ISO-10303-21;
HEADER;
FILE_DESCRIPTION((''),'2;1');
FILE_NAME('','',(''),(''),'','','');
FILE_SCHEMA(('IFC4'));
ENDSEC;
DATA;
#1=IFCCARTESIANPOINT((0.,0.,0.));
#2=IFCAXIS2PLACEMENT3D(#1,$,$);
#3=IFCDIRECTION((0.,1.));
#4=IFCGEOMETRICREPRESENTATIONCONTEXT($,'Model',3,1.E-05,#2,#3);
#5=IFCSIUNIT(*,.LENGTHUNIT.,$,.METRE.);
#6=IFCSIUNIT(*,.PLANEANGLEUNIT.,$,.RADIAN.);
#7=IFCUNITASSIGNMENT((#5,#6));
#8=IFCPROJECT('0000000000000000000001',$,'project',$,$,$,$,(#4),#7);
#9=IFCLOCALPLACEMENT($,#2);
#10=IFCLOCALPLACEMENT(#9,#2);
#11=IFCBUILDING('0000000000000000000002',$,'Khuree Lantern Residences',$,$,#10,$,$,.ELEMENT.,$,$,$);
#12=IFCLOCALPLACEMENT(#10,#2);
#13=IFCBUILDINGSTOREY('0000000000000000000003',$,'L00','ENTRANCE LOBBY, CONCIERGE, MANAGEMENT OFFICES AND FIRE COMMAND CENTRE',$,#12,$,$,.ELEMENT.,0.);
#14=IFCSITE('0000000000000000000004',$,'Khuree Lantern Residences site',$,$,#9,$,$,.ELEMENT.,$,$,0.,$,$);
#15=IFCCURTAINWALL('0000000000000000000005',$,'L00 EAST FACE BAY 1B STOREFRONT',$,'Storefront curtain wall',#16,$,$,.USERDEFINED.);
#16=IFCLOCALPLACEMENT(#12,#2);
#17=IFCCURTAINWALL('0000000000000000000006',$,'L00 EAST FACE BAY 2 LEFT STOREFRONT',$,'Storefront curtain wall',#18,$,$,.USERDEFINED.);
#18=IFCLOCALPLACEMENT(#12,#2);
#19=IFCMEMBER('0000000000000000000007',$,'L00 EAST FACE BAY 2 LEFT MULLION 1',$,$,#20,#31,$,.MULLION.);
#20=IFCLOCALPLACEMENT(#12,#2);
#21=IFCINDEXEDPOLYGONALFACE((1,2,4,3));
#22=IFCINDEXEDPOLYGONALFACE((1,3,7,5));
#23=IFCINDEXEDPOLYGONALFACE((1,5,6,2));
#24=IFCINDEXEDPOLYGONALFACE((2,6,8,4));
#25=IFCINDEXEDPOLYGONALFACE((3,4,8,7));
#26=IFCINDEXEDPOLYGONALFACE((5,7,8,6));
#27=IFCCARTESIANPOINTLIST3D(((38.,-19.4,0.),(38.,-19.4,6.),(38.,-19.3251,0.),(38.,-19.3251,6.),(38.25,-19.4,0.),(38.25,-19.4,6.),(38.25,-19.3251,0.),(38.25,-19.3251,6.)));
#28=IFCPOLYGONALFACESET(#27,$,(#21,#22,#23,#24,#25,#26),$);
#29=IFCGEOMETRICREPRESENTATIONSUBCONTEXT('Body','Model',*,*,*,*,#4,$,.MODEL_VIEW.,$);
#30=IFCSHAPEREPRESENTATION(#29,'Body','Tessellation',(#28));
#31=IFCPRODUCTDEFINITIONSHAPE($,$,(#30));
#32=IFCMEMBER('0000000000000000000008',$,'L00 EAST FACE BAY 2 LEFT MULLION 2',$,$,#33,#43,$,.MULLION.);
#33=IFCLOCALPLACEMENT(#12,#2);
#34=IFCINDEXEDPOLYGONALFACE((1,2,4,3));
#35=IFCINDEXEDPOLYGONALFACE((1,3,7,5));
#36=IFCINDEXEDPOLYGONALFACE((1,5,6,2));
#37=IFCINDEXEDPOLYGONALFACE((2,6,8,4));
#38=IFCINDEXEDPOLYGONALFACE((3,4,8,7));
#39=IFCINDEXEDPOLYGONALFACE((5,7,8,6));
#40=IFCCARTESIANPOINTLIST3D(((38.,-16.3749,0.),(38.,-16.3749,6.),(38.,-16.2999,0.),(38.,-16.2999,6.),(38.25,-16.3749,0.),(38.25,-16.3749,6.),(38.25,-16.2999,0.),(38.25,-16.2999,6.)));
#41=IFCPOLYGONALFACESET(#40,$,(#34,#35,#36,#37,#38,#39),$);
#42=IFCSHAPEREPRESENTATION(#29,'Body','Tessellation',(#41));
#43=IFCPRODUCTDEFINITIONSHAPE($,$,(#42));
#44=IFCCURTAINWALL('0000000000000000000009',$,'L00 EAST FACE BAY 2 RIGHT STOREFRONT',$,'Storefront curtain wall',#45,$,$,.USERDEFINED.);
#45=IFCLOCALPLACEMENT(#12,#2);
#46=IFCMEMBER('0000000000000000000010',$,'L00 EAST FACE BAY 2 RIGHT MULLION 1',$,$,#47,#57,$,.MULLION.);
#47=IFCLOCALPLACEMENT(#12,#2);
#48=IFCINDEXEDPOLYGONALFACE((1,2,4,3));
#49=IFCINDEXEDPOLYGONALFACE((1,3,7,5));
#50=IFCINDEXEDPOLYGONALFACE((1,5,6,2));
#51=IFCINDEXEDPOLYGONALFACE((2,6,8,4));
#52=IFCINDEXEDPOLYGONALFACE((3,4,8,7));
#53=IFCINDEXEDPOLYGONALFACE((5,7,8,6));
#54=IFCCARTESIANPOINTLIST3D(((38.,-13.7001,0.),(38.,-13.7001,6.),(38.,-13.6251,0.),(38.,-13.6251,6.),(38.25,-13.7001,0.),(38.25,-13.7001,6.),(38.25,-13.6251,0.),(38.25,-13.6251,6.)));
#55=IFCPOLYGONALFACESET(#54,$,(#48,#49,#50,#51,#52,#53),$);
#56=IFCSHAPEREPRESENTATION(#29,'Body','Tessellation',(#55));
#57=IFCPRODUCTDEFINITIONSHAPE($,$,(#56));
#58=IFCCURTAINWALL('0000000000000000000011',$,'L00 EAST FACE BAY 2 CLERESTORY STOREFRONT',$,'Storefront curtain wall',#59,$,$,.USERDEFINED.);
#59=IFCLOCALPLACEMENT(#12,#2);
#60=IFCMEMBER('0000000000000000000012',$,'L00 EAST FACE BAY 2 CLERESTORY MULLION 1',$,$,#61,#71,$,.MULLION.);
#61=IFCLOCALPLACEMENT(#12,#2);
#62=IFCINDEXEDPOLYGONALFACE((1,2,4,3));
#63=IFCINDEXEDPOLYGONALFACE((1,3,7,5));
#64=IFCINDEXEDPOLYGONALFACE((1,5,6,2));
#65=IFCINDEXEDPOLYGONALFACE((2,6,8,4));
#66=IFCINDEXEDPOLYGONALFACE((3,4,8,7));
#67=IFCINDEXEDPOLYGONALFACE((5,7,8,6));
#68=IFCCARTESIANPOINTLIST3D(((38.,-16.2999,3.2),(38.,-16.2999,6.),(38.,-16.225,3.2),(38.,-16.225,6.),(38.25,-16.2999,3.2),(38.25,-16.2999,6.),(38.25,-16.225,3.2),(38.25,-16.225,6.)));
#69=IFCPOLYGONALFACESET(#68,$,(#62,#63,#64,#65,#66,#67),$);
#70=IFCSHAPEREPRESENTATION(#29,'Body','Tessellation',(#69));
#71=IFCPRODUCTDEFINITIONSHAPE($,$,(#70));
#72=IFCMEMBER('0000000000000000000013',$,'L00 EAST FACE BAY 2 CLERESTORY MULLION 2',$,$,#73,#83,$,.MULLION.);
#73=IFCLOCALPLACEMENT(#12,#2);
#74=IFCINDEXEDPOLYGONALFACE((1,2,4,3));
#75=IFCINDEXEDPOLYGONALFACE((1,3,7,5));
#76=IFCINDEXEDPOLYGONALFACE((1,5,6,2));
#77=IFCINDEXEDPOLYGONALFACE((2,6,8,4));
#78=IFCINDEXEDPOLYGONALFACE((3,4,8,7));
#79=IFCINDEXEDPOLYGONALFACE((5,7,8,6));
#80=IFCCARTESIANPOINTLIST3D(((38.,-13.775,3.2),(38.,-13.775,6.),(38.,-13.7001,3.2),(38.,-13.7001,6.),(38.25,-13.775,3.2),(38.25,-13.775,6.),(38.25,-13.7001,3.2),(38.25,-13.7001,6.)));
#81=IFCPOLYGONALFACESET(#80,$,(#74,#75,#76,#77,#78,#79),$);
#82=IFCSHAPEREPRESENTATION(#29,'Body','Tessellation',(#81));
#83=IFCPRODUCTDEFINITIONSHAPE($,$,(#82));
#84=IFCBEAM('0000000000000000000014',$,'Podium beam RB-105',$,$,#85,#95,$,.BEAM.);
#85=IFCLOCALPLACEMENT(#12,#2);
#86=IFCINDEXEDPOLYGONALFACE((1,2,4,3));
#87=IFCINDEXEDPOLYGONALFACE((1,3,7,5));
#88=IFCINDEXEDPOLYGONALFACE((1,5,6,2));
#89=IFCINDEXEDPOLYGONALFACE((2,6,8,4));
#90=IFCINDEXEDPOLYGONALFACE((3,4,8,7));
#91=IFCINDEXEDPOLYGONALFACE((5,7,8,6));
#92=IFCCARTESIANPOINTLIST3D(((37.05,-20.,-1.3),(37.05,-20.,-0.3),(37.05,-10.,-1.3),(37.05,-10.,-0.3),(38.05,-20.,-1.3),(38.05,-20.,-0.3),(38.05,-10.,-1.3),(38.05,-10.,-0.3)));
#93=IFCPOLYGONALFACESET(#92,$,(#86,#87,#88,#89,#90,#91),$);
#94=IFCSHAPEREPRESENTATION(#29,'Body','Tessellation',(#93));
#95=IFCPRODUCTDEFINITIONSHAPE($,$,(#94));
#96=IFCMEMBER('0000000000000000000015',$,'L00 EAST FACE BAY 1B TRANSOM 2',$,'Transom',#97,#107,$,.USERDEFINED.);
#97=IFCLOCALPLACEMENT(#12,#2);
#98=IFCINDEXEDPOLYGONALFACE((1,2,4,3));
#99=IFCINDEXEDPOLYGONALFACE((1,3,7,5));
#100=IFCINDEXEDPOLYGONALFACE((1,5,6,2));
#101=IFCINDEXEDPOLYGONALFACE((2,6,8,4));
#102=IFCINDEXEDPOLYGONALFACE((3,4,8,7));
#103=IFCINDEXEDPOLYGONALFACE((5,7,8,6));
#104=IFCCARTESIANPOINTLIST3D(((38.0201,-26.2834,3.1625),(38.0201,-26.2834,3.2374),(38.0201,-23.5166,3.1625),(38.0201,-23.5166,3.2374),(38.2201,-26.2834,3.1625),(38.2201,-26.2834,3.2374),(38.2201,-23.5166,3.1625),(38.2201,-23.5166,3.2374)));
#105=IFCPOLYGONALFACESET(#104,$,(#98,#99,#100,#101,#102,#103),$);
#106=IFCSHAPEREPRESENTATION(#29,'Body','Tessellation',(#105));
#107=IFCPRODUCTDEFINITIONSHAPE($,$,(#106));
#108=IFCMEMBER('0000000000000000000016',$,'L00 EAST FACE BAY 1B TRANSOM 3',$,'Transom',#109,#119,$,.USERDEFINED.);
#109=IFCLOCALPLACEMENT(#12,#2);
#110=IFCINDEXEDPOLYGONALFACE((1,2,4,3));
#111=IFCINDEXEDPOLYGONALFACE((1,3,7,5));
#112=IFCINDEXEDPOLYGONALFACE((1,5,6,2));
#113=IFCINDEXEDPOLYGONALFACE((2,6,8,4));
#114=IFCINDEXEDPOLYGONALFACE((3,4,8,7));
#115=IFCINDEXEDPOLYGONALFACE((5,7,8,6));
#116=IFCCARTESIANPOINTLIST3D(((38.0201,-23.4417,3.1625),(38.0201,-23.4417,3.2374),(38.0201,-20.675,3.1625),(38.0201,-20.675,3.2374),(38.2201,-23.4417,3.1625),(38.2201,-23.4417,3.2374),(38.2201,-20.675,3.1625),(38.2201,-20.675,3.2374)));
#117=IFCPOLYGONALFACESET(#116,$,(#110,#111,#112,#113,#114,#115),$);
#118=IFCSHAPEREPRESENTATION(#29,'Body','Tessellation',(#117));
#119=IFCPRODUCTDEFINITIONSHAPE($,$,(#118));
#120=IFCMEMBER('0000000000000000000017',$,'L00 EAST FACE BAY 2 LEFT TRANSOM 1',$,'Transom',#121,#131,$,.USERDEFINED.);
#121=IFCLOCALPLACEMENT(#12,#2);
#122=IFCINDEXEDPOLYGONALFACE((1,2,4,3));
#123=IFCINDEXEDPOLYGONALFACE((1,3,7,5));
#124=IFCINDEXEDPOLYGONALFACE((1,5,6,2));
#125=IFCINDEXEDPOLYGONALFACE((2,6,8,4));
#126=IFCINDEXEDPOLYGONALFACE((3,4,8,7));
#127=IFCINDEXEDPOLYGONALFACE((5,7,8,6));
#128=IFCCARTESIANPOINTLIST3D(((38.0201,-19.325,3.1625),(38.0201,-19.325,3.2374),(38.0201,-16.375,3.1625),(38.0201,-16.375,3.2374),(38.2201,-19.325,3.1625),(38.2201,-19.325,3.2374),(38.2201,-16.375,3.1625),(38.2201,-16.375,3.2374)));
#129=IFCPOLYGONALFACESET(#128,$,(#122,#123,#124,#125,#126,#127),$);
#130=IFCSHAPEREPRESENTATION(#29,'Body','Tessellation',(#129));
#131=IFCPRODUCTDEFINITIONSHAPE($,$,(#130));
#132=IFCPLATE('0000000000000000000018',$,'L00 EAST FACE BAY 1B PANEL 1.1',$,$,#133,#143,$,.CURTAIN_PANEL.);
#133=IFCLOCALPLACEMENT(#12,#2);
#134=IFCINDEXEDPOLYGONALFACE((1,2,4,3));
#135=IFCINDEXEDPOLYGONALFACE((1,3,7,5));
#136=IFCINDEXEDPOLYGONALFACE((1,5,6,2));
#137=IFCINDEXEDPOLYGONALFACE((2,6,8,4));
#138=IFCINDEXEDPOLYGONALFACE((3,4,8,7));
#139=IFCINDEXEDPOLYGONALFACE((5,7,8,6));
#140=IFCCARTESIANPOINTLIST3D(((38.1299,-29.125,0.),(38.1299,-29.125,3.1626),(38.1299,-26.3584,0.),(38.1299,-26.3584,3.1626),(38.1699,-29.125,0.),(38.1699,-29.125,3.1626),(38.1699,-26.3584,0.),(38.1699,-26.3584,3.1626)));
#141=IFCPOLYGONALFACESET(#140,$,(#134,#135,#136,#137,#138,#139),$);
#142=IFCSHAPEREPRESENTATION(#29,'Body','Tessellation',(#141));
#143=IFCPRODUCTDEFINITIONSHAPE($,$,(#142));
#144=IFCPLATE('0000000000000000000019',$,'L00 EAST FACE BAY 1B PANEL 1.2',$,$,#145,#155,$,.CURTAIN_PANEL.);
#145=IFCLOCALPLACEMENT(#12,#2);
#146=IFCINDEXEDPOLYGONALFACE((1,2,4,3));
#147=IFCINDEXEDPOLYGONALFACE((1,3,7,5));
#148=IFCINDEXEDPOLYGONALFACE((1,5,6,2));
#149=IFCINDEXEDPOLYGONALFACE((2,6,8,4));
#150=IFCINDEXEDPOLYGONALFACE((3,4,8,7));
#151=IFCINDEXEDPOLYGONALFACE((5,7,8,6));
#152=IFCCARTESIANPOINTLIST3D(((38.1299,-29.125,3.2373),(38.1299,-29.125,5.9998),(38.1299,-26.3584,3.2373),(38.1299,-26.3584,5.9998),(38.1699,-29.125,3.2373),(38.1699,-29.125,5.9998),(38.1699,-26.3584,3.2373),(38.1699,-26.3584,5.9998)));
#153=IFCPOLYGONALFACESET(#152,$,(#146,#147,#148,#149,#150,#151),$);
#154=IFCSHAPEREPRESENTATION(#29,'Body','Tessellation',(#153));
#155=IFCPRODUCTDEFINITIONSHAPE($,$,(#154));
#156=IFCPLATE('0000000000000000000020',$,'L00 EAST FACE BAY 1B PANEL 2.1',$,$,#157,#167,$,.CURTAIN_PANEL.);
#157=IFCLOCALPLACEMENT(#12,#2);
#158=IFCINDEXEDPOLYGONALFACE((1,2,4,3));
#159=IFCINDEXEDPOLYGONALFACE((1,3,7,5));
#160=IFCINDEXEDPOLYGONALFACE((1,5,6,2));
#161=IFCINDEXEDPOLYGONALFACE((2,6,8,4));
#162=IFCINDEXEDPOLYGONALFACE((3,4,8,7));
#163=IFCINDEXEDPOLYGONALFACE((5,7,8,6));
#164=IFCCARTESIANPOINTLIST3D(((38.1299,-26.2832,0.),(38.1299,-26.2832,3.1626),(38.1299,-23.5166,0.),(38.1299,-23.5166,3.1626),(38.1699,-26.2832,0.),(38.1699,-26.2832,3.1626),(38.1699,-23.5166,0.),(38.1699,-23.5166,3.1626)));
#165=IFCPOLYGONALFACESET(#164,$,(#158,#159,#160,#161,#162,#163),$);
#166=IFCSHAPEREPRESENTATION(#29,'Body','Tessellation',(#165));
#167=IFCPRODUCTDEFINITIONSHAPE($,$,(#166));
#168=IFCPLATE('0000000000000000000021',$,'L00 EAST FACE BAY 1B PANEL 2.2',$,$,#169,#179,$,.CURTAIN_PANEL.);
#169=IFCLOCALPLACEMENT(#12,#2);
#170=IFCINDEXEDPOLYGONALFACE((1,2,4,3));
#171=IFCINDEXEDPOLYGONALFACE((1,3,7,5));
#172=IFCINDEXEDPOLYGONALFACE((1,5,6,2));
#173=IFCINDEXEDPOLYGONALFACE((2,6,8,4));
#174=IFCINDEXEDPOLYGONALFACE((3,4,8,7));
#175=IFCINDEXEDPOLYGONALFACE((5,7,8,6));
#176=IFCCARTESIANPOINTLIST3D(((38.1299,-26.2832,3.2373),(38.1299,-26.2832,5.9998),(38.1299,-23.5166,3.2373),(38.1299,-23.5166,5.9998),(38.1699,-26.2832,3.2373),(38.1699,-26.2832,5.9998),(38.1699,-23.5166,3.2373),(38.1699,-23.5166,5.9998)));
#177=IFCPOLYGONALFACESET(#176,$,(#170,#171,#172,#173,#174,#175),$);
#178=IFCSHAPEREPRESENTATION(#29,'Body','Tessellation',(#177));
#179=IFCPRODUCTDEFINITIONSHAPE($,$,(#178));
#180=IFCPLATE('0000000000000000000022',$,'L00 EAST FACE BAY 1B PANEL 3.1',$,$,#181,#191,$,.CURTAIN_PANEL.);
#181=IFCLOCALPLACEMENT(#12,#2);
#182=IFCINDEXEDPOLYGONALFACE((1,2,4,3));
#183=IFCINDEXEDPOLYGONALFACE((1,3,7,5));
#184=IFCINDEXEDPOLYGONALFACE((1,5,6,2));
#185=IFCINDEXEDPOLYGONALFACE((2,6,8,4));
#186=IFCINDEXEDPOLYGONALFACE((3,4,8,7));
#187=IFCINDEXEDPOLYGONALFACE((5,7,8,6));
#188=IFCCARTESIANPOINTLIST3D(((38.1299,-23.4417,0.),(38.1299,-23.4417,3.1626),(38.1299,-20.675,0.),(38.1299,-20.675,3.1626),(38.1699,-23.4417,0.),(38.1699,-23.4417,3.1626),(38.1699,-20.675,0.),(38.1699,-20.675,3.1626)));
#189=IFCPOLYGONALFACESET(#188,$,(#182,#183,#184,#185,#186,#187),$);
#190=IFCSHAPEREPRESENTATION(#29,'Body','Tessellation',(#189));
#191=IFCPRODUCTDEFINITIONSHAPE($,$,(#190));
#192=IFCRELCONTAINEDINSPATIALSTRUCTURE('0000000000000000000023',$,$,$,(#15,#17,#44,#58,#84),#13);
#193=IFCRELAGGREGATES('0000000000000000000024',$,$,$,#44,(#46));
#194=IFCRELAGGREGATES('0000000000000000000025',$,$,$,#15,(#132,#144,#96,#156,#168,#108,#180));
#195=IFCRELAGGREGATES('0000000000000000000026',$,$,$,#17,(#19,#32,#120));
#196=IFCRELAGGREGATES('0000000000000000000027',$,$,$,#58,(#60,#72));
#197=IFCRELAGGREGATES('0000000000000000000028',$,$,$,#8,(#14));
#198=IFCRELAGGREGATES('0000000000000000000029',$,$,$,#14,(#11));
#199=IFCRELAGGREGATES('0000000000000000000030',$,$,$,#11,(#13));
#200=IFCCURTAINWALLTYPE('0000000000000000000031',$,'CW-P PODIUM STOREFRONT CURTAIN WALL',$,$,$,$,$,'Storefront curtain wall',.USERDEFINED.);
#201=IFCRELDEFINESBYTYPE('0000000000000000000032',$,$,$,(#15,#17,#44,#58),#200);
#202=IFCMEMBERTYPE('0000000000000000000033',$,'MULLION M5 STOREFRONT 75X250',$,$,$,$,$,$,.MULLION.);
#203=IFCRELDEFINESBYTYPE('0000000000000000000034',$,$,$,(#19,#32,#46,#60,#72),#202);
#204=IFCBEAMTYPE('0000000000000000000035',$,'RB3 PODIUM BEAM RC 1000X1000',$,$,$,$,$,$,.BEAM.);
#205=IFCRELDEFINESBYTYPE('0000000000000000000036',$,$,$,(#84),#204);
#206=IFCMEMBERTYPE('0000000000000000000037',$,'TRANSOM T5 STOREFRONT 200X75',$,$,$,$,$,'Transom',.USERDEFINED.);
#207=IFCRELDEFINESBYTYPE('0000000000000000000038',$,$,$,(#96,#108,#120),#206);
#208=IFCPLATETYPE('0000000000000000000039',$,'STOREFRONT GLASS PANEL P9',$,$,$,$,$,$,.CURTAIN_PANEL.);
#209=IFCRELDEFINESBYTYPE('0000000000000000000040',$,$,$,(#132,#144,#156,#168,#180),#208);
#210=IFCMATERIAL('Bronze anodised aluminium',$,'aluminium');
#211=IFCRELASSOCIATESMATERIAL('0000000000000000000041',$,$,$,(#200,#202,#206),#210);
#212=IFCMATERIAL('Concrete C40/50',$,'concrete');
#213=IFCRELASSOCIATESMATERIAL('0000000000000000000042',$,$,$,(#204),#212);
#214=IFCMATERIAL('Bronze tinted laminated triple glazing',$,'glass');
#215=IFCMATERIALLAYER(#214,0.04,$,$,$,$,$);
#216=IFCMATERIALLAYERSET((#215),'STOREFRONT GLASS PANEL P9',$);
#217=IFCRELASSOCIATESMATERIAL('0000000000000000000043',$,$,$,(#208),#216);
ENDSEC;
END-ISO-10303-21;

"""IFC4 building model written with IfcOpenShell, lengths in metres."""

from ifc_helpers import new_model, si_unit, direction, frame, origin, origin_2d, place, context, subcontext, project, spatial, rectangle, extrude, material, layer, layer_set, material_profile, profile_set, type_object, element, aggregate, save


model = new_model("IFC4")

# Units and contexts
model_context = context("Model", 3, precision=1e-05, world=origin(), true_north=direction((0.0, 1.0)))
body_context = subcontext(model_context, "Body", "Model", "MODEL_VIEW")
ifc_project = project(units=[si_unit("LENGTHUNIT", "METRE"), si_unit("PLANEANGLEUNIT", "RADIAN")], contexts=[model_context])

# Site, building, storey
site_placement = place(None, origin())
site = spatial("IfcSite", under=ifc_project, at=site_placement, Name="Khuree Lantern Residences site", CompositionType="ELEMENT", RefElevation=0.0)
building_placement = place(site_placement, origin())
building = spatial("IfcBuilding", under=site, at=building_placement, Name="Khuree Lantern Residences", CompositionType="ELEMENT")
storey_placement = place(building_placement, origin())
storey = spatial("IfcBuildingStorey", under=building, at=storey_placement, Name="L00", Description="ENTRANCE LOBBY, CONCIERGE, MANAGEMENT OFFICES AND FIRE COMMAND CENTRE", CompositionType="ELEMENT", Elevation=0.0)

# Curtain walls, members
ifc_material_1 = material(Name="Bronze anodised aluminium", Category="aluminium")
curtain_wall_type = type_object("IfcCurtainWallType", Name="CW-P PODIUM STOREFRONT CURTAIN WALL", ElementType="Storefront curtain wall", PredefinedType="USERDEFINED", material=ifc_material_1)
curtain_wall_1_placement = place(storey_placement, origin())
curtain_wall_1 = element("IfcCurtainWall", 1, at=curtain_wall_1_placement, inside=storey, type_object=curtain_wall_type, Name="L00 EAST FACE BAY 1B STOREFRONT", ObjectType="Storefront curtain wall", PredefinedType="USERDEFINED")
ifc_material_profile_1 = material_profile(ifc_material_1, rectangle(XDim=0.075, YDim=0.25, at=origin_2d()), Name="M5 75X250")
ifc_profile_set_1 = profile_set([ifc_material_profile_1], Name="Bronze anodised aluminium")
member_type_1 = type_object("IfcMemberType", Name="MULLION M5 STOREFRONT 75X250", PredefinedType="MULLION", material=ifc_profile_set_1)
curtain_wall_2_placement = place(storey_placement, origin())
curtain_wall_2 = element("IfcCurtainWall", 2, at=curtain_wall_2_placement, inside=storey, type_object=curtain_wall_type, Name="L00 EAST FACE BAY 2 LEFT STOREFRONT", ObjectType="Storefront curtain wall", PredefinedType="USERDEFINED")
member_1_placement = place(storey_placement, frame((38.125, -19.3625, 0.0), z_axis=(0.0, 0.0, 1.0), x_axis=(0.0, 1.0, 0.0)))
member_1 = element("IfcMember", 3, at=member_1_placement, type_object=member_type_1, Name="L00 EAST FACE BAY 2 LEFT MULLION 1", PredefinedType="MULLION", context=body_context, shape_type="SweptSolid", body=[
    extrude(rectangle(XDim=0.075, YDim=0.25, at=origin_2d()), origin(), (0.0, 0.0, 1.0), 6.0),
])
member_2_placement = place(storey_placement, frame((38.125, -16.3374, 0.0), z_axis=(0.0, 0.0, 1.0), x_axis=(0.0, 1.0, 0.0)))
member_2 = element("IfcMember", 4, at=member_2_placement, type_object=member_type_1, Name="L00 EAST FACE BAY 2 LEFT MULLION 2", PredefinedType="MULLION", context=body_context, shape_type="SweptSolid", body=[
    extrude(rectangle(XDim=0.075, YDim=0.25, at=origin_2d()), origin(), (0.0, 0.0, 1.0), 6.0),
])

# Curtain wall, member
curtain_wall_3_placement = place(storey_placement, origin())
curtain_wall_3 = element("IfcCurtainWall", 5, at=curtain_wall_3_placement, inside=storey, type_object=curtain_wall_type, Name="L00 EAST FACE BAY 2 RIGHT STOREFRONT", ObjectType="Storefront curtain wall", PredefinedType="USERDEFINED")
member_3_placement = place(storey_placement, frame((38.125, -13.6626, 0.0), z_axis=(0.0, 0.0, 1.0), x_axis=(0.0, 1.0, 0.0)))
member_3 = element("IfcMember", 6, at=member_3_placement, type_object=member_type_1, Name="L00 EAST FACE BAY 2 RIGHT MULLION 1", PredefinedType="MULLION", context=body_context, shape_type="SweptSolid", body=[
    extrude(rectangle(XDim=0.075, YDim=0.25, at=origin_2d()), origin(), (0.0, 0.0, 1.0), 6.0),
])
aggregate(curtain_wall_3, [member_3])

# Curtain wall, members
curtain_wall_4_placement = place(storey_placement, origin())
curtain_wall_4 = element("IfcCurtainWall", 7, at=curtain_wall_4_placement, inside=storey, type_object=curtain_wall_type, Name="L00 EAST FACE BAY 2 CLERESTORY STOREFRONT", ObjectType="Storefront curtain wall", PredefinedType="USERDEFINED")
member_4_placement = place(storey_placement, frame((38.125, -16.2625, 3.2), z_axis=(0.0, 0.0, 1.0), x_axis=(0.0, 1.0, 0.0)))
member_4 = element("IfcMember", 8, at=member_4_placement, type_object=member_type_1, Name="L00 EAST FACE BAY 2 CLERESTORY MULLION 1", PredefinedType="MULLION", context=body_context, shape_type="SweptSolid", body=[
    extrude(rectangle(XDim=0.075, YDim=0.25, at=origin_2d()), origin(), (0.0, 0.0, 1.0), 2.8),
])
member_5_placement = place(storey_placement, frame((38.125, -13.7375, 3.2), z_axis=(0.0, 0.0, 1.0), x_axis=(0.0, 1.0, 0.0)))
member_5 = element("IfcMember", 9, at=member_5_placement, type_object=member_type_1, Name="L00 EAST FACE BAY 2 CLERESTORY MULLION 2", PredefinedType="MULLION", context=body_context, shape_type="SweptSolid", body=[
    extrude(rectangle(XDim=0.075, YDim=0.25, at=origin_2d()), origin(), (0.0, 0.0, 1.0), 2.8),
])

# Beam
ifc_material_2 = material(Name="Concrete C40/50", Category="concrete")
ifc_material_profile_2 = material_profile(ifc_material_2, rectangle(XDim=1.0, YDim=1.0, at=origin_2d()), Name="RC 1000X1000")
ifc_profile_set_2 = profile_set([ifc_material_profile_2], Name="Concrete C40/50")
beam_type_1 = type_object("IfcBeamType", Name="RB3 PODIUM BEAM RC 1000X1000", PredefinedType="BEAM", material=ifc_profile_set_2)
beam_1_placement = place(storey_placement, frame((37.55, -20.0, -0.8), z_axis=(0.0, 1.0, 0.0), x_axis=(-1.0, 0.0, 0.0)))
element("IfcBeam", 10, at=beam_1_placement, inside=storey, type_object=beam_type_1, Name="Podium beam RB-105", PredefinedType="BEAM", context=body_context, shape_type="SweptSolid", body=[
    extrude(rectangle(XDim=1.0, YDim=1.0, at=origin_2d()), origin(), (0.0, 0.0, 1.0), 10.0),
])

# Members
ifc_material_profile_3 = material_profile(ifc_material_1, rectangle(XDim=0.2, YDim=0.075, at=origin_2d()), Name="T5 200X75")
ifc_profile_set_3 = profile_set([ifc_material_profile_3], Name="Bronze anodised aluminium")
member_type_2 = type_object("IfcMemberType", Name="TRANSOM T5 STOREFRONT 200X75", ElementType="Transom", PredefinedType="USERDEFINED", material=ifc_profile_set_3)
member_6_placement = place(storey_placement, frame((38.1201, -26.2834, 3.2), z_axis=(0.0, 1.0, 0.0), x_axis=(-1.0, 0.0, 0.0)))
member_6 = element("IfcMember", 11, at=member_6_placement, type_object=member_type_2, Name="L00 EAST FACE BAY 1B TRANSOM 2", ObjectType="Transom", PredefinedType="USERDEFINED", context=body_context, shape_type="SweptSolid", body=[
    extrude(rectangle(XDim=0.2, YDim=0.075, at=origin_2d()), origin(), (0.0, 0.0, 1.0), 2.7668),
])
member_7_placement = place(storey_placement, frame((38.1201, -23.4417, 3.2), z_axis=(0.0, 1.0, 0.0), x_axis=(-1.0, 0.0, 0.0)))
member_7 = element("IfcMember", 12, at=member_7_placement, type_object=member_type_2, Name="L00 EAST FACE BAY 1B TRANSOM 3", ObjectType="Transom", PredefinedType="USERDEFINED", context=body_context, shape_type="SweptSolid", body=[
    extrude(rectangle(XDim=0.2, YDim=0.075, at=origin_2d()), origin(), (0.0, 0.0, 1.0), 2.7666),
])
member_8_placement = place(storey_placement, frame((38.1201, -19.325, 3.2), z_axis=(0.0, 1.0, 0.0), x_axis=(-1.0, 0.0, 0.0)))
member_8 = element("IfcMember", 13, at=member_8_placement, type_object=member_type_2, Name="L00 EAST FACE BAY 2 LEFT TRANSOM 1", ObjectType="Transom", PredefinedType="USERDEFINED", context=body_context, shape_type="SweptSolid", body=[
    extrude(rectangle(XDim=0.2, YDim=0.075, at=origin_2d()), origin(), (0.0, 0.0, 1.0), 2.95),
])

# Plates
ifc_material_3 = material(Name="Bronze tinted laminated triple glazing", Category="glass")
ifc_layer_1 = layer(ifc_material_3, 0.04)
ifc_layer_set_1 = layer_set([ifc_layer_1], Name="STOREFRONT GLASS PANEL P9")
plate_type = type_object("IfcPlateType", Name="STOREFRONT GLASS PANEL P9", PredefinedType="CURTAIN_PANEL", material=ifc_layer_set_1)
plate_1_placement = place(storey_placement, frame((38.1499, -27.7417, 0.0), z_axis=(0.0, 0.0, 1.0), x_axis=(0.0, 1.0, 0.0)))
plate_1 = element("IfcPlate", 14, at=plate_1_placement, type_object=plate_type, Name="L00 EAST FACE BAY 1B PANEL 1.1", PredefinedType="CURTAIN_PANEL", context=body_context, shape_type="SweptSolid", body=[
    extrude(rectangle(XDim=2.7666, YDim=0.04, at=origin_2d()), origin(), (0.0, 0.0, 1.0), 3.1626),
])
plate_2_placement = place(storey_placement, frame((38.1499, -27.7417, 3.2373), z_axis=(0.0, 0.0, 1.0), x_axis=(0.0, 1.0, 0.0)))
plate_2 = element("IfcPlate", 15, at=plate_2_placement, type_object=plate_type, Name="L00 EAST FACE BAY 1B PANEL 1.2", PredefinedType="CURTAIN_PANEL", context=body_context, shape_type="SweptSolid", body=[
    extrude(rectangle(XDim=2.7666, YDim=0.04, at=origin_2d()), origin(), (0.0, 0.0, 1.0), 2.7625),
])
plate_3_placement = place(storey_placement, frame((38.1499, -24.8999, 0.0), z_axis=(0.0, 0.0, 1.0), x_axis=(0.0, 1.0, 0.0)))
plate_3 = element("IfcPlate", 16, at=plate_3_placement, type_object=plate_type, Name="L00 EAST FACE BAY 1B PANEL 2.1", PredefinedType="CURTAIN_PANEL", context=body_context, shape_type="SweptSolid", body=[
    extrude(rectangle(XDim=2.7666, YDim=0.04, at=origin_2d()), origin(), (0.0, 0.0, 1.0), 3.1626),
])
plate_4_placement = place(storey_placement, frame((38.1499, -24.8999, 3.2373), z_axis=(0.0, 0.0, 1.0), x_axis=(0.0, 1.0, 0.0)))
plate_4 = element("IfcPlate", 17, at=plate_4_placement, type_object=plate_type, Name="L00 EAST FACE BAY 1B PANEL 2.2", PredefinedType="CURTAIN_PANEL", context=body_context, shape_type="SweptSolid", body=[
    extrude(rectangle(XDim=2.7666, YDim=0.04, at=origin_2d()), origin(), (0.0, 0.0, 1.0), 2.7625),
])
plate_5_placement = place(storey_placement, frame((38.1499, -22.0583, 0.0), z_axis=(0.0, 0.0, 1.0), x_axis=(0.0, 1.0, 0.0)))
plate_5 = element("IfcPlate", 18, at=plate_5_placement, type_object=plate_type, Name="L00 EAST FACE BAY 1B PANEL 3.1", PredefinedType="CURTAIN_PANEL", context=body_context, shape_type="SweptSolid", body=[
    extrude(rectangle(XDim=2.7666, YDim=0.04, at=origin_2d()), origin(), (0.0, 0.0, 1.0), 3.1626),
])
aggregate(curtain_wall_1, [plate_1, plate_2, member_6, plate_3, plate_4, member_7, plate_5])
aggregate(curtain_wall_2, [member_1, member_2, member_8])
aggregate(curtain_wall_4, [member_4, member_5])

save(model, "model.ifc")
